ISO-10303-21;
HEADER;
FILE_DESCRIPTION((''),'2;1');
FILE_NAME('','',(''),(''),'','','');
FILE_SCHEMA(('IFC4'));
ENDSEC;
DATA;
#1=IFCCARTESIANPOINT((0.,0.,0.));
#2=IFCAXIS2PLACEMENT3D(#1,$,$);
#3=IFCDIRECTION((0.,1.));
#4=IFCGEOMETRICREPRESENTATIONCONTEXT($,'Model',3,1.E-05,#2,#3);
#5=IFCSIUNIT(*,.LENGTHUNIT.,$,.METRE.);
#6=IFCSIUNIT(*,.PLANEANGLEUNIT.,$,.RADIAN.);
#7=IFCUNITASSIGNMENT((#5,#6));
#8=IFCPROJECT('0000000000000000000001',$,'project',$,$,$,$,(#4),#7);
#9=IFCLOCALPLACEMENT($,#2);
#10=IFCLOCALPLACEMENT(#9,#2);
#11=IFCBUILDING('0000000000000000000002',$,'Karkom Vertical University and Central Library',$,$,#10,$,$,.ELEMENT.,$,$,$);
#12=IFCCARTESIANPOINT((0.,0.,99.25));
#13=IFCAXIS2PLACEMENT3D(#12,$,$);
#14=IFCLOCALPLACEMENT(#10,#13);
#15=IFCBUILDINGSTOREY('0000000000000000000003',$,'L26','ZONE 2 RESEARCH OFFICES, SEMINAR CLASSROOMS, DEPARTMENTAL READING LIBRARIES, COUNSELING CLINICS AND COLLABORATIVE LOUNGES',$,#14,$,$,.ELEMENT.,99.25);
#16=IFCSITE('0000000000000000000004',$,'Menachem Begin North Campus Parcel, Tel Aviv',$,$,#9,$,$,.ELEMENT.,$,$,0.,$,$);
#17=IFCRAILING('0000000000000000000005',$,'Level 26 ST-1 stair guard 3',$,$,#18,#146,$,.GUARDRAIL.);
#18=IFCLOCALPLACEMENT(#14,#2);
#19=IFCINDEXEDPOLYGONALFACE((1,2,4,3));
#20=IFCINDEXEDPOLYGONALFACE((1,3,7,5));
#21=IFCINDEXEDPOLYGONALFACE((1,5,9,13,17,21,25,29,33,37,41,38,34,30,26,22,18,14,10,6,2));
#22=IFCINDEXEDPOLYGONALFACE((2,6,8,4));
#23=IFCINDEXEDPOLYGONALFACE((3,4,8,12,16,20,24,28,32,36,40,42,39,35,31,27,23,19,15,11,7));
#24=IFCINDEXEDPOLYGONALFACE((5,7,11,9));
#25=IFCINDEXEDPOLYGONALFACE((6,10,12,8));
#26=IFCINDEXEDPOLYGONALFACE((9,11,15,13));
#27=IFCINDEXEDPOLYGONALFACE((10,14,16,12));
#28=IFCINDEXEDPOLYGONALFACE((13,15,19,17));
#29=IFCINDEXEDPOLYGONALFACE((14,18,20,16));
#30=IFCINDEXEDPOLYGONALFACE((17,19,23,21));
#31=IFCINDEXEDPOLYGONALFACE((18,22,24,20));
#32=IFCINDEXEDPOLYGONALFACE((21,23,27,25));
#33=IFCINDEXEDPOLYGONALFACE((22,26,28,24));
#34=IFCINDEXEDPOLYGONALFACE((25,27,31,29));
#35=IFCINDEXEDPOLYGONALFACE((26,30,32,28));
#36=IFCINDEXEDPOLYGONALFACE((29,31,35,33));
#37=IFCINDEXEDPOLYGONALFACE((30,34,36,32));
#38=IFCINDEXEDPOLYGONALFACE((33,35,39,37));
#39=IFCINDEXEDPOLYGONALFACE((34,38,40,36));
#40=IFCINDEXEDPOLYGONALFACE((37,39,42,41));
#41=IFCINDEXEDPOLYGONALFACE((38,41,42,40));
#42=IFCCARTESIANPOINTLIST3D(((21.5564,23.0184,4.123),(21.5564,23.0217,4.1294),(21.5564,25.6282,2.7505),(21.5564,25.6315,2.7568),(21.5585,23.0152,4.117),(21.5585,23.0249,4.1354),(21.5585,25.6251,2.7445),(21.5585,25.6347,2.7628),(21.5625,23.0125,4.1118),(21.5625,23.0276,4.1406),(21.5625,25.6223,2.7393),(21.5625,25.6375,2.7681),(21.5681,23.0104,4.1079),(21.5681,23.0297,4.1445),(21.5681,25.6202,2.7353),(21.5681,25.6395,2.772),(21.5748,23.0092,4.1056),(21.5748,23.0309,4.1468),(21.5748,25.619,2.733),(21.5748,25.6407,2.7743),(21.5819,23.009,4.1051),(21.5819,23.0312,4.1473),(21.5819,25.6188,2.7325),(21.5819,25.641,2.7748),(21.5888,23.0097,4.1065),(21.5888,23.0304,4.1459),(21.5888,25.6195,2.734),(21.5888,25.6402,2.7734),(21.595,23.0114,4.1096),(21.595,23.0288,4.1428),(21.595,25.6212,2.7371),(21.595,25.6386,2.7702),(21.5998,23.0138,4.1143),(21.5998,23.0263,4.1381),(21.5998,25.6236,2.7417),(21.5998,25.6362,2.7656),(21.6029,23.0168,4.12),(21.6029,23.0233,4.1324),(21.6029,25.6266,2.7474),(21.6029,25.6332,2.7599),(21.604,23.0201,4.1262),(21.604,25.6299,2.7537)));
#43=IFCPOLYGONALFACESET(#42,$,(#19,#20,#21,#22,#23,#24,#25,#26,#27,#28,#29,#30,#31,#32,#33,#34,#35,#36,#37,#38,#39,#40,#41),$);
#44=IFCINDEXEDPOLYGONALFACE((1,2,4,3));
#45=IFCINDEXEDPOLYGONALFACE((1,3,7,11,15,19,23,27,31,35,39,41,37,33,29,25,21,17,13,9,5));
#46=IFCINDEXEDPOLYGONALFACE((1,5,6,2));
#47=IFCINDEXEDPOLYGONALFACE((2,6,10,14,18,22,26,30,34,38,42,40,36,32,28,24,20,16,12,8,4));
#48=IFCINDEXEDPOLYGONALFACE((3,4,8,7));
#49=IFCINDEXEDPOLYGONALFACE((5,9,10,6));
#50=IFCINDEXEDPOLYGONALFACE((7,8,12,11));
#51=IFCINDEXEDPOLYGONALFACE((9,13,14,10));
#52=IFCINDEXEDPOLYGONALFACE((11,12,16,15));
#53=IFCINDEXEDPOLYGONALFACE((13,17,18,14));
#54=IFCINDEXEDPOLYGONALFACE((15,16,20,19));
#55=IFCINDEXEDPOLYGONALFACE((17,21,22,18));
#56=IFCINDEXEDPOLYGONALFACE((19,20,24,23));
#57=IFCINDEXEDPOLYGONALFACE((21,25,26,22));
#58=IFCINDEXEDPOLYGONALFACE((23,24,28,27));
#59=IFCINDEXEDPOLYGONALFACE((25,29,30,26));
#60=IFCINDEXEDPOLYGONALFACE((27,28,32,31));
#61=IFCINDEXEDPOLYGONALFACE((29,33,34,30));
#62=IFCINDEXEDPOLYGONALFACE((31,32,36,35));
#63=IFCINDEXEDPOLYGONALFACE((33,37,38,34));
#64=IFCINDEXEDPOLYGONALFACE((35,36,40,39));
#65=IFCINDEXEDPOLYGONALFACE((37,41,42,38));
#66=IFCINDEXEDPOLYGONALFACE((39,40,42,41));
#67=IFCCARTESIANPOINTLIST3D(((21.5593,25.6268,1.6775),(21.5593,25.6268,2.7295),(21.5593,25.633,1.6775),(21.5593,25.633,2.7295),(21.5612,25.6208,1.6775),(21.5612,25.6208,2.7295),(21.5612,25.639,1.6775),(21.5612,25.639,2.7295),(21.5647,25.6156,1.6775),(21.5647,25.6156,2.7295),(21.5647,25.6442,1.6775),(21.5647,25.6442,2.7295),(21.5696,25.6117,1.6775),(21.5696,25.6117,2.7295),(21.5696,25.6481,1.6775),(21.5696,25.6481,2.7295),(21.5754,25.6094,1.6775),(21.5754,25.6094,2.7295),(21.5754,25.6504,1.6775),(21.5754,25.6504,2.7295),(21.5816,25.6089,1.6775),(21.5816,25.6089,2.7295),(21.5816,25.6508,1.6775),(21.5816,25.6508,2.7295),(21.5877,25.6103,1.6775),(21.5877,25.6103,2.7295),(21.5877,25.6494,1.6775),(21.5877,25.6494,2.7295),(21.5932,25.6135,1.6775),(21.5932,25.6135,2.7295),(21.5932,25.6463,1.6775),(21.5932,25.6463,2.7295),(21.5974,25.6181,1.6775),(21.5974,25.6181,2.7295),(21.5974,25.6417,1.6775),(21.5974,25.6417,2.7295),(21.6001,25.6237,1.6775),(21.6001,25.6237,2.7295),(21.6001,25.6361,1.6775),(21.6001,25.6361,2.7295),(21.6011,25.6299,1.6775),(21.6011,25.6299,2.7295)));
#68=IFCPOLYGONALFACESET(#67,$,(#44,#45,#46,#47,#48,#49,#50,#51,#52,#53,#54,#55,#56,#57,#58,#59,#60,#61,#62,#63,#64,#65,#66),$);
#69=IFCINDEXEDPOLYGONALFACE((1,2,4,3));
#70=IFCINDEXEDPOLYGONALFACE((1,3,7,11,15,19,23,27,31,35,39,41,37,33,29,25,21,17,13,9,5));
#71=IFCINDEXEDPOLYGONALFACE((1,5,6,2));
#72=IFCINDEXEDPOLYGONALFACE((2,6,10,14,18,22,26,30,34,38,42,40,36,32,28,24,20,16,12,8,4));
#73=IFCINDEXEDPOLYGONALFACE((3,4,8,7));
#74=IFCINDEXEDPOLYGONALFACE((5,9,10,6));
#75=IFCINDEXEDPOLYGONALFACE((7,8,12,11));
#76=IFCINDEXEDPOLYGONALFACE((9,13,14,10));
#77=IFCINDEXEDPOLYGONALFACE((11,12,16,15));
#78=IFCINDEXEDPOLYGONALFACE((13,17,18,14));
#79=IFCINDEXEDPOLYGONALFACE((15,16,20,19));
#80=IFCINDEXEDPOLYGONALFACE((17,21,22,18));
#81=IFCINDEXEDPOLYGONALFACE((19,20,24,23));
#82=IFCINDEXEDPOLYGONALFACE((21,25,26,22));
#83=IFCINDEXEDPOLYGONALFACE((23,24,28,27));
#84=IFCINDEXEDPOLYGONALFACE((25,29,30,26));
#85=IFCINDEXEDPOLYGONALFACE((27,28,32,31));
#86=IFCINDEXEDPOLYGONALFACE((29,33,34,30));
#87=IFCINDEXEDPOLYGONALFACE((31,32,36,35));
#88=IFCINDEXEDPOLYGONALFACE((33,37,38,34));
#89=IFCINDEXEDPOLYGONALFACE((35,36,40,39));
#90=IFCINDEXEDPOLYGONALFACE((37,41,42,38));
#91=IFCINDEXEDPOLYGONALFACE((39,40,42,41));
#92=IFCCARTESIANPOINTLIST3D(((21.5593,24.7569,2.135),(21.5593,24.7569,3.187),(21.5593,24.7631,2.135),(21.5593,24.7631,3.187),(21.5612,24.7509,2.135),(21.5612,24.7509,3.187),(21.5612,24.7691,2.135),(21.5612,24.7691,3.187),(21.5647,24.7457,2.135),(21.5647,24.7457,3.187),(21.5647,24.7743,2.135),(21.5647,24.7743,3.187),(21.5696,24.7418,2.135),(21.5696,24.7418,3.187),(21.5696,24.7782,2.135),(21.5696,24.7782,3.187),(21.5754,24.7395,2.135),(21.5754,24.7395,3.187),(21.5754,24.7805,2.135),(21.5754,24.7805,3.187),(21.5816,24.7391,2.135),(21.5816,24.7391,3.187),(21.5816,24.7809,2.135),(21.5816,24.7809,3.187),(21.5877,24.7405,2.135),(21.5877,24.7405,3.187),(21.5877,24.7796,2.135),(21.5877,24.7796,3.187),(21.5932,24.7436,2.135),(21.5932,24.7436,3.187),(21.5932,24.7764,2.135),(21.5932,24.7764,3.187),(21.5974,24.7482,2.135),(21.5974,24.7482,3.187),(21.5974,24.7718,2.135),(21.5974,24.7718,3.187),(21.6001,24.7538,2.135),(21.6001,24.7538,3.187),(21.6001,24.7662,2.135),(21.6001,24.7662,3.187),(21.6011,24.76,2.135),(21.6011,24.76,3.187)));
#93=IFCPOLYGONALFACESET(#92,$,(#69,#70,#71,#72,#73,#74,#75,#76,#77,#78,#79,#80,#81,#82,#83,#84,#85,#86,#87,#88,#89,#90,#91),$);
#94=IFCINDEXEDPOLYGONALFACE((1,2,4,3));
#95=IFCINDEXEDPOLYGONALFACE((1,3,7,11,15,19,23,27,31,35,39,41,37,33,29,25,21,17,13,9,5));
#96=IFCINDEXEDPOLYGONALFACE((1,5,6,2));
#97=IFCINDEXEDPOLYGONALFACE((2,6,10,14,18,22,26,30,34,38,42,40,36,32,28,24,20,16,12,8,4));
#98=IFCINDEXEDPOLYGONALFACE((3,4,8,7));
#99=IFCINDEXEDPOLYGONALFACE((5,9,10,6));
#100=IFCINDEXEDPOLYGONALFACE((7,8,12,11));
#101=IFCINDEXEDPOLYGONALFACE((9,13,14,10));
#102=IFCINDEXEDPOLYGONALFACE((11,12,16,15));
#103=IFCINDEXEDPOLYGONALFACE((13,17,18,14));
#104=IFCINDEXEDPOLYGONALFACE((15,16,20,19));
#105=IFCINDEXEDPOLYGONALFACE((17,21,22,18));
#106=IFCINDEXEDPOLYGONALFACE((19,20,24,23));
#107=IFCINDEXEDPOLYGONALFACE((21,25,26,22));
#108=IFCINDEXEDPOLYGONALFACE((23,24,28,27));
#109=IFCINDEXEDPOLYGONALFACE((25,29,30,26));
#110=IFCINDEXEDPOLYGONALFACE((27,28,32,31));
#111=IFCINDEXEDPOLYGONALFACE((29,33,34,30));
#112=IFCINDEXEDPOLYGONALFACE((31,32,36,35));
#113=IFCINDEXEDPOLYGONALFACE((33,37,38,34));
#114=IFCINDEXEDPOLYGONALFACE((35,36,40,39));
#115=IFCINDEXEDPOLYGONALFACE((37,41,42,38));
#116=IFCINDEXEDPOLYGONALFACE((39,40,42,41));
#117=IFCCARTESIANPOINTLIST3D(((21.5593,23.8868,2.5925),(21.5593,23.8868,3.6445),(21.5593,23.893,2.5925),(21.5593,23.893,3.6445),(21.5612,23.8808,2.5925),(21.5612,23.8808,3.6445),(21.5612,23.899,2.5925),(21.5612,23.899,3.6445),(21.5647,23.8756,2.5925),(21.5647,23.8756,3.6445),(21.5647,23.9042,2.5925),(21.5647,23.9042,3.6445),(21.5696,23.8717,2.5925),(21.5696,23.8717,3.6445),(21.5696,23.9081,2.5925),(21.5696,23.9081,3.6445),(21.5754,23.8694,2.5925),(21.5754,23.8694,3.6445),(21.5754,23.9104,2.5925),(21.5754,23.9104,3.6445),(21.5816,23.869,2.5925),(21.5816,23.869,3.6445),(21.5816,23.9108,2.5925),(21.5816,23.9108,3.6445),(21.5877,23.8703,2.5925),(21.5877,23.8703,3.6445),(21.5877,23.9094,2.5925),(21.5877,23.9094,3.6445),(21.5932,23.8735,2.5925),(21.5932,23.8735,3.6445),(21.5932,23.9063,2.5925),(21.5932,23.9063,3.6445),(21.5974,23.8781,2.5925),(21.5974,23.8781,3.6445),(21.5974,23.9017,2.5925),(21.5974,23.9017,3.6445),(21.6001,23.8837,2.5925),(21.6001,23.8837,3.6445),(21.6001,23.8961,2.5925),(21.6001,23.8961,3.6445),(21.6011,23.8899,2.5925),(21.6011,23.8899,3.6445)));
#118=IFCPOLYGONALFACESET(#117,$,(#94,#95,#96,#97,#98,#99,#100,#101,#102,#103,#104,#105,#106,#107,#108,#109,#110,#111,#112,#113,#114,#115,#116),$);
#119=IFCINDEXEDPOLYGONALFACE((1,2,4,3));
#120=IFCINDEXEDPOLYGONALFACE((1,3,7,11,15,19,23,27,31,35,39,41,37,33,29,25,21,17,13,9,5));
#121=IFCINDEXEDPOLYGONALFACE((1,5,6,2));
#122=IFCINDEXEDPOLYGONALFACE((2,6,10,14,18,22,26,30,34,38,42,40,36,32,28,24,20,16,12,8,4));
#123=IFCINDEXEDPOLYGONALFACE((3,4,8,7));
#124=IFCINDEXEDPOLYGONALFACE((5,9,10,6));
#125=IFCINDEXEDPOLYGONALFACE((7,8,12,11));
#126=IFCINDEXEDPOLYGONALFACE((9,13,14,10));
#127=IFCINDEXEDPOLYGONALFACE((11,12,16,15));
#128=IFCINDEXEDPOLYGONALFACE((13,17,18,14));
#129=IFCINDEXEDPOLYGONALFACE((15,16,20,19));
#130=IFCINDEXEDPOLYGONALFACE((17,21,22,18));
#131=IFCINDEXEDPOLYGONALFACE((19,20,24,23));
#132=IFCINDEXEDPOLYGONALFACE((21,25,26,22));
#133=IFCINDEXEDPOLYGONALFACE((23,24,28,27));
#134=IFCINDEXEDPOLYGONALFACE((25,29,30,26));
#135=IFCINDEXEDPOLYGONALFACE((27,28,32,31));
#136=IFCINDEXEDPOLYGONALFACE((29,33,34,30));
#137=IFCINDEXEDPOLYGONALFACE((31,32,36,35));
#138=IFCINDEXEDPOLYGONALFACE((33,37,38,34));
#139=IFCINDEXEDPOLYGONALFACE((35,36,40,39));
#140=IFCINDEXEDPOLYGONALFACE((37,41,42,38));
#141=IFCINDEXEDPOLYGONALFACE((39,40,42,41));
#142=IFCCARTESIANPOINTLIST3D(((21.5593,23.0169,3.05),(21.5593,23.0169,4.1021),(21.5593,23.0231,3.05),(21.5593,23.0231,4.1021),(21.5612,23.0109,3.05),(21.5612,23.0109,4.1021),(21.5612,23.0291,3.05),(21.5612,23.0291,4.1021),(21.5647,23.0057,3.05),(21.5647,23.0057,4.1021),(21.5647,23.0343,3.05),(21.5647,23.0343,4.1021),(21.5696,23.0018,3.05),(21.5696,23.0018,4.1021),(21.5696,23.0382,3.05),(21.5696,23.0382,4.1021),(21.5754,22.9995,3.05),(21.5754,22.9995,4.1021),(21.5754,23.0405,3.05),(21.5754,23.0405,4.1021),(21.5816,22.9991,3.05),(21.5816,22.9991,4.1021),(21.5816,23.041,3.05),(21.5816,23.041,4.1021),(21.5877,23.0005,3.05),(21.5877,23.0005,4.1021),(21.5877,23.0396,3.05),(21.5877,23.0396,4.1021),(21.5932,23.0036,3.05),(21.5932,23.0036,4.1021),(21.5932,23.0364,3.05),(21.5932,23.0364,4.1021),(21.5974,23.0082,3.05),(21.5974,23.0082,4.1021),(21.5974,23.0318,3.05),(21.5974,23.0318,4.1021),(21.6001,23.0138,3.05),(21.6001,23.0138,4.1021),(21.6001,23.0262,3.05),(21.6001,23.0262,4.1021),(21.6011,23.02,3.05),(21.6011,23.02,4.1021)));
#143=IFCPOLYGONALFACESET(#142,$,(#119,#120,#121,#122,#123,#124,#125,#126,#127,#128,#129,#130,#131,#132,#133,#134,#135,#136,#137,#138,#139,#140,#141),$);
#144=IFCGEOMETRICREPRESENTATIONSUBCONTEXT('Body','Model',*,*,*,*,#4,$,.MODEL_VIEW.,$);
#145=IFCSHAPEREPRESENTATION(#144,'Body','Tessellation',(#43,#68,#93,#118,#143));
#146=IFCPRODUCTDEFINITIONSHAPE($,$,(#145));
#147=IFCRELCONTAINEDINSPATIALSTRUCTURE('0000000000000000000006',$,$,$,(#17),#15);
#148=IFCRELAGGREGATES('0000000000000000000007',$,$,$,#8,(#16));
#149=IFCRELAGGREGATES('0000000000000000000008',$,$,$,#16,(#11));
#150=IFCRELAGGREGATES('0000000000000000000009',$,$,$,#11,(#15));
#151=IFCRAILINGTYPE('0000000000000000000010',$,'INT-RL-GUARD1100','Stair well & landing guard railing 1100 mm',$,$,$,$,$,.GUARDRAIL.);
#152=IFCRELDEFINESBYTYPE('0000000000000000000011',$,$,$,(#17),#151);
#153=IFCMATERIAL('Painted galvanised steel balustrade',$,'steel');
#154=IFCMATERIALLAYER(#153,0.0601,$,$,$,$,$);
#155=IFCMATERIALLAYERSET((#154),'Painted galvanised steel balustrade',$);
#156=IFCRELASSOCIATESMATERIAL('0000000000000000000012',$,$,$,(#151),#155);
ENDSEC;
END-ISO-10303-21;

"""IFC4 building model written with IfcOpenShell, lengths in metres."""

from ifc_helpers import new_model, si_unit, direction, frame, origin, origin_2d, place, context, subcontext, project, spatial, circle, extrude, material, layer, layer_set, type_object, element, save


model = new_model("IFC4")

# Units and contexts
model_context = context("Model", 3, precision=1e-05, world=origin(), true_north=direction((0.0, 1.0)))
body_context = subcontext(model_context, "Body", "Model", "MODEL_VIEW")
ifc_project = project(units=[si_unit("LENGTHUNIT", "METRE"), si_unit("PLANEANGLEUNIT", "RADIAN")], contexts=[model_context])

# Site, building, storey
site_placement = place(None, origin())
site = spatial("IfcSite", under=ifc_project, at=site_placement, Name="Menachem Begin North Campus Parcel, Tel Aviv", CompositionType="ELEMENT", RefElevation=0.0)
building_placement = place(site_placement, origin())
building = spatial("IfcBuilding", under=site, at=building_placement, Name="Karkom Vertical University and Central Library", CompositionType="ELEMENT")
storey_placement = place(building_placement, frame((0.0, 0.0, 99.25)))
storey = spatial("IfcBuildingStorey", under=building, at=storey_placement, Name="L26", Description="ZONE 2 RESEARCH OFFICES, SEMINAR CLASSROOMS, DEPARTMENTAL READING LIBRARIES, COUNSELING CLINICS AND COLLABORATIVE LOUNGES", CompositionType="ELEMENT", Elevation=99.25)

# Railing
ifc_material_1 = material(Name="Painted galvanised steel balustrade", Category="steel")
ifc_layer_1 = layer(ifc_material_1, 0.0601)
ifc_layer_set_1 = layer_set([ifc_layer_1], Name="Painted galvanised steel balustrade")
railing_type_1 = type_object("IfcRailingType", Name="INT-RL-GUARD1100", Description="Stair well & landing guard railing 1100 mm", PredefinedType="GUARDRAIL", material=ifc_layer_set_1)
railing_1_placement = place(storey_placement, frame((21.5801, 25.6299, 1.6775)))
element("IfcRailing", 1, at=railing_1_placement, inside=storey, type_object=railing_type_1, Name="Level 26 ST-1 stair guard 3", PredefinedType="GUARDRAIL", context=body_context, shape_type="SweptSolid", body=[
    extrude(circle(Radius=0.0239, at=origin_2d()), frame((0.0, 0.0, 1.0762), z_axis=(0.0, -0.885065, 0.465467), x_axis=(1.0, 0.0, 0.0)), (0.0, 0.0, 1.0), 2.9487),
    extrude(circle(Radius=0.021, at=origin_2d()), origin(), (0.0, 0.0, 1.0), 1.052),
    extrude(circle(Radius=0.021, at=origin_2d()), frame((0.0, -0.8699, 0.4575)), (0.0, 0.0, 1.0), 1.052),
    extrude(circle(Radius=0.021, at=origin_2d()), frame((0.0, -1.74, 0.915)), (0.0, 0.0, 1.0), 1.052),
    extrude(circle(Radius=0.021, at=origin_2d()), frame((0.0, -2.6099, 1.3726)), (0.0, 0.0, 1.0), 1.052),
])

save(model, "model.ifc")
